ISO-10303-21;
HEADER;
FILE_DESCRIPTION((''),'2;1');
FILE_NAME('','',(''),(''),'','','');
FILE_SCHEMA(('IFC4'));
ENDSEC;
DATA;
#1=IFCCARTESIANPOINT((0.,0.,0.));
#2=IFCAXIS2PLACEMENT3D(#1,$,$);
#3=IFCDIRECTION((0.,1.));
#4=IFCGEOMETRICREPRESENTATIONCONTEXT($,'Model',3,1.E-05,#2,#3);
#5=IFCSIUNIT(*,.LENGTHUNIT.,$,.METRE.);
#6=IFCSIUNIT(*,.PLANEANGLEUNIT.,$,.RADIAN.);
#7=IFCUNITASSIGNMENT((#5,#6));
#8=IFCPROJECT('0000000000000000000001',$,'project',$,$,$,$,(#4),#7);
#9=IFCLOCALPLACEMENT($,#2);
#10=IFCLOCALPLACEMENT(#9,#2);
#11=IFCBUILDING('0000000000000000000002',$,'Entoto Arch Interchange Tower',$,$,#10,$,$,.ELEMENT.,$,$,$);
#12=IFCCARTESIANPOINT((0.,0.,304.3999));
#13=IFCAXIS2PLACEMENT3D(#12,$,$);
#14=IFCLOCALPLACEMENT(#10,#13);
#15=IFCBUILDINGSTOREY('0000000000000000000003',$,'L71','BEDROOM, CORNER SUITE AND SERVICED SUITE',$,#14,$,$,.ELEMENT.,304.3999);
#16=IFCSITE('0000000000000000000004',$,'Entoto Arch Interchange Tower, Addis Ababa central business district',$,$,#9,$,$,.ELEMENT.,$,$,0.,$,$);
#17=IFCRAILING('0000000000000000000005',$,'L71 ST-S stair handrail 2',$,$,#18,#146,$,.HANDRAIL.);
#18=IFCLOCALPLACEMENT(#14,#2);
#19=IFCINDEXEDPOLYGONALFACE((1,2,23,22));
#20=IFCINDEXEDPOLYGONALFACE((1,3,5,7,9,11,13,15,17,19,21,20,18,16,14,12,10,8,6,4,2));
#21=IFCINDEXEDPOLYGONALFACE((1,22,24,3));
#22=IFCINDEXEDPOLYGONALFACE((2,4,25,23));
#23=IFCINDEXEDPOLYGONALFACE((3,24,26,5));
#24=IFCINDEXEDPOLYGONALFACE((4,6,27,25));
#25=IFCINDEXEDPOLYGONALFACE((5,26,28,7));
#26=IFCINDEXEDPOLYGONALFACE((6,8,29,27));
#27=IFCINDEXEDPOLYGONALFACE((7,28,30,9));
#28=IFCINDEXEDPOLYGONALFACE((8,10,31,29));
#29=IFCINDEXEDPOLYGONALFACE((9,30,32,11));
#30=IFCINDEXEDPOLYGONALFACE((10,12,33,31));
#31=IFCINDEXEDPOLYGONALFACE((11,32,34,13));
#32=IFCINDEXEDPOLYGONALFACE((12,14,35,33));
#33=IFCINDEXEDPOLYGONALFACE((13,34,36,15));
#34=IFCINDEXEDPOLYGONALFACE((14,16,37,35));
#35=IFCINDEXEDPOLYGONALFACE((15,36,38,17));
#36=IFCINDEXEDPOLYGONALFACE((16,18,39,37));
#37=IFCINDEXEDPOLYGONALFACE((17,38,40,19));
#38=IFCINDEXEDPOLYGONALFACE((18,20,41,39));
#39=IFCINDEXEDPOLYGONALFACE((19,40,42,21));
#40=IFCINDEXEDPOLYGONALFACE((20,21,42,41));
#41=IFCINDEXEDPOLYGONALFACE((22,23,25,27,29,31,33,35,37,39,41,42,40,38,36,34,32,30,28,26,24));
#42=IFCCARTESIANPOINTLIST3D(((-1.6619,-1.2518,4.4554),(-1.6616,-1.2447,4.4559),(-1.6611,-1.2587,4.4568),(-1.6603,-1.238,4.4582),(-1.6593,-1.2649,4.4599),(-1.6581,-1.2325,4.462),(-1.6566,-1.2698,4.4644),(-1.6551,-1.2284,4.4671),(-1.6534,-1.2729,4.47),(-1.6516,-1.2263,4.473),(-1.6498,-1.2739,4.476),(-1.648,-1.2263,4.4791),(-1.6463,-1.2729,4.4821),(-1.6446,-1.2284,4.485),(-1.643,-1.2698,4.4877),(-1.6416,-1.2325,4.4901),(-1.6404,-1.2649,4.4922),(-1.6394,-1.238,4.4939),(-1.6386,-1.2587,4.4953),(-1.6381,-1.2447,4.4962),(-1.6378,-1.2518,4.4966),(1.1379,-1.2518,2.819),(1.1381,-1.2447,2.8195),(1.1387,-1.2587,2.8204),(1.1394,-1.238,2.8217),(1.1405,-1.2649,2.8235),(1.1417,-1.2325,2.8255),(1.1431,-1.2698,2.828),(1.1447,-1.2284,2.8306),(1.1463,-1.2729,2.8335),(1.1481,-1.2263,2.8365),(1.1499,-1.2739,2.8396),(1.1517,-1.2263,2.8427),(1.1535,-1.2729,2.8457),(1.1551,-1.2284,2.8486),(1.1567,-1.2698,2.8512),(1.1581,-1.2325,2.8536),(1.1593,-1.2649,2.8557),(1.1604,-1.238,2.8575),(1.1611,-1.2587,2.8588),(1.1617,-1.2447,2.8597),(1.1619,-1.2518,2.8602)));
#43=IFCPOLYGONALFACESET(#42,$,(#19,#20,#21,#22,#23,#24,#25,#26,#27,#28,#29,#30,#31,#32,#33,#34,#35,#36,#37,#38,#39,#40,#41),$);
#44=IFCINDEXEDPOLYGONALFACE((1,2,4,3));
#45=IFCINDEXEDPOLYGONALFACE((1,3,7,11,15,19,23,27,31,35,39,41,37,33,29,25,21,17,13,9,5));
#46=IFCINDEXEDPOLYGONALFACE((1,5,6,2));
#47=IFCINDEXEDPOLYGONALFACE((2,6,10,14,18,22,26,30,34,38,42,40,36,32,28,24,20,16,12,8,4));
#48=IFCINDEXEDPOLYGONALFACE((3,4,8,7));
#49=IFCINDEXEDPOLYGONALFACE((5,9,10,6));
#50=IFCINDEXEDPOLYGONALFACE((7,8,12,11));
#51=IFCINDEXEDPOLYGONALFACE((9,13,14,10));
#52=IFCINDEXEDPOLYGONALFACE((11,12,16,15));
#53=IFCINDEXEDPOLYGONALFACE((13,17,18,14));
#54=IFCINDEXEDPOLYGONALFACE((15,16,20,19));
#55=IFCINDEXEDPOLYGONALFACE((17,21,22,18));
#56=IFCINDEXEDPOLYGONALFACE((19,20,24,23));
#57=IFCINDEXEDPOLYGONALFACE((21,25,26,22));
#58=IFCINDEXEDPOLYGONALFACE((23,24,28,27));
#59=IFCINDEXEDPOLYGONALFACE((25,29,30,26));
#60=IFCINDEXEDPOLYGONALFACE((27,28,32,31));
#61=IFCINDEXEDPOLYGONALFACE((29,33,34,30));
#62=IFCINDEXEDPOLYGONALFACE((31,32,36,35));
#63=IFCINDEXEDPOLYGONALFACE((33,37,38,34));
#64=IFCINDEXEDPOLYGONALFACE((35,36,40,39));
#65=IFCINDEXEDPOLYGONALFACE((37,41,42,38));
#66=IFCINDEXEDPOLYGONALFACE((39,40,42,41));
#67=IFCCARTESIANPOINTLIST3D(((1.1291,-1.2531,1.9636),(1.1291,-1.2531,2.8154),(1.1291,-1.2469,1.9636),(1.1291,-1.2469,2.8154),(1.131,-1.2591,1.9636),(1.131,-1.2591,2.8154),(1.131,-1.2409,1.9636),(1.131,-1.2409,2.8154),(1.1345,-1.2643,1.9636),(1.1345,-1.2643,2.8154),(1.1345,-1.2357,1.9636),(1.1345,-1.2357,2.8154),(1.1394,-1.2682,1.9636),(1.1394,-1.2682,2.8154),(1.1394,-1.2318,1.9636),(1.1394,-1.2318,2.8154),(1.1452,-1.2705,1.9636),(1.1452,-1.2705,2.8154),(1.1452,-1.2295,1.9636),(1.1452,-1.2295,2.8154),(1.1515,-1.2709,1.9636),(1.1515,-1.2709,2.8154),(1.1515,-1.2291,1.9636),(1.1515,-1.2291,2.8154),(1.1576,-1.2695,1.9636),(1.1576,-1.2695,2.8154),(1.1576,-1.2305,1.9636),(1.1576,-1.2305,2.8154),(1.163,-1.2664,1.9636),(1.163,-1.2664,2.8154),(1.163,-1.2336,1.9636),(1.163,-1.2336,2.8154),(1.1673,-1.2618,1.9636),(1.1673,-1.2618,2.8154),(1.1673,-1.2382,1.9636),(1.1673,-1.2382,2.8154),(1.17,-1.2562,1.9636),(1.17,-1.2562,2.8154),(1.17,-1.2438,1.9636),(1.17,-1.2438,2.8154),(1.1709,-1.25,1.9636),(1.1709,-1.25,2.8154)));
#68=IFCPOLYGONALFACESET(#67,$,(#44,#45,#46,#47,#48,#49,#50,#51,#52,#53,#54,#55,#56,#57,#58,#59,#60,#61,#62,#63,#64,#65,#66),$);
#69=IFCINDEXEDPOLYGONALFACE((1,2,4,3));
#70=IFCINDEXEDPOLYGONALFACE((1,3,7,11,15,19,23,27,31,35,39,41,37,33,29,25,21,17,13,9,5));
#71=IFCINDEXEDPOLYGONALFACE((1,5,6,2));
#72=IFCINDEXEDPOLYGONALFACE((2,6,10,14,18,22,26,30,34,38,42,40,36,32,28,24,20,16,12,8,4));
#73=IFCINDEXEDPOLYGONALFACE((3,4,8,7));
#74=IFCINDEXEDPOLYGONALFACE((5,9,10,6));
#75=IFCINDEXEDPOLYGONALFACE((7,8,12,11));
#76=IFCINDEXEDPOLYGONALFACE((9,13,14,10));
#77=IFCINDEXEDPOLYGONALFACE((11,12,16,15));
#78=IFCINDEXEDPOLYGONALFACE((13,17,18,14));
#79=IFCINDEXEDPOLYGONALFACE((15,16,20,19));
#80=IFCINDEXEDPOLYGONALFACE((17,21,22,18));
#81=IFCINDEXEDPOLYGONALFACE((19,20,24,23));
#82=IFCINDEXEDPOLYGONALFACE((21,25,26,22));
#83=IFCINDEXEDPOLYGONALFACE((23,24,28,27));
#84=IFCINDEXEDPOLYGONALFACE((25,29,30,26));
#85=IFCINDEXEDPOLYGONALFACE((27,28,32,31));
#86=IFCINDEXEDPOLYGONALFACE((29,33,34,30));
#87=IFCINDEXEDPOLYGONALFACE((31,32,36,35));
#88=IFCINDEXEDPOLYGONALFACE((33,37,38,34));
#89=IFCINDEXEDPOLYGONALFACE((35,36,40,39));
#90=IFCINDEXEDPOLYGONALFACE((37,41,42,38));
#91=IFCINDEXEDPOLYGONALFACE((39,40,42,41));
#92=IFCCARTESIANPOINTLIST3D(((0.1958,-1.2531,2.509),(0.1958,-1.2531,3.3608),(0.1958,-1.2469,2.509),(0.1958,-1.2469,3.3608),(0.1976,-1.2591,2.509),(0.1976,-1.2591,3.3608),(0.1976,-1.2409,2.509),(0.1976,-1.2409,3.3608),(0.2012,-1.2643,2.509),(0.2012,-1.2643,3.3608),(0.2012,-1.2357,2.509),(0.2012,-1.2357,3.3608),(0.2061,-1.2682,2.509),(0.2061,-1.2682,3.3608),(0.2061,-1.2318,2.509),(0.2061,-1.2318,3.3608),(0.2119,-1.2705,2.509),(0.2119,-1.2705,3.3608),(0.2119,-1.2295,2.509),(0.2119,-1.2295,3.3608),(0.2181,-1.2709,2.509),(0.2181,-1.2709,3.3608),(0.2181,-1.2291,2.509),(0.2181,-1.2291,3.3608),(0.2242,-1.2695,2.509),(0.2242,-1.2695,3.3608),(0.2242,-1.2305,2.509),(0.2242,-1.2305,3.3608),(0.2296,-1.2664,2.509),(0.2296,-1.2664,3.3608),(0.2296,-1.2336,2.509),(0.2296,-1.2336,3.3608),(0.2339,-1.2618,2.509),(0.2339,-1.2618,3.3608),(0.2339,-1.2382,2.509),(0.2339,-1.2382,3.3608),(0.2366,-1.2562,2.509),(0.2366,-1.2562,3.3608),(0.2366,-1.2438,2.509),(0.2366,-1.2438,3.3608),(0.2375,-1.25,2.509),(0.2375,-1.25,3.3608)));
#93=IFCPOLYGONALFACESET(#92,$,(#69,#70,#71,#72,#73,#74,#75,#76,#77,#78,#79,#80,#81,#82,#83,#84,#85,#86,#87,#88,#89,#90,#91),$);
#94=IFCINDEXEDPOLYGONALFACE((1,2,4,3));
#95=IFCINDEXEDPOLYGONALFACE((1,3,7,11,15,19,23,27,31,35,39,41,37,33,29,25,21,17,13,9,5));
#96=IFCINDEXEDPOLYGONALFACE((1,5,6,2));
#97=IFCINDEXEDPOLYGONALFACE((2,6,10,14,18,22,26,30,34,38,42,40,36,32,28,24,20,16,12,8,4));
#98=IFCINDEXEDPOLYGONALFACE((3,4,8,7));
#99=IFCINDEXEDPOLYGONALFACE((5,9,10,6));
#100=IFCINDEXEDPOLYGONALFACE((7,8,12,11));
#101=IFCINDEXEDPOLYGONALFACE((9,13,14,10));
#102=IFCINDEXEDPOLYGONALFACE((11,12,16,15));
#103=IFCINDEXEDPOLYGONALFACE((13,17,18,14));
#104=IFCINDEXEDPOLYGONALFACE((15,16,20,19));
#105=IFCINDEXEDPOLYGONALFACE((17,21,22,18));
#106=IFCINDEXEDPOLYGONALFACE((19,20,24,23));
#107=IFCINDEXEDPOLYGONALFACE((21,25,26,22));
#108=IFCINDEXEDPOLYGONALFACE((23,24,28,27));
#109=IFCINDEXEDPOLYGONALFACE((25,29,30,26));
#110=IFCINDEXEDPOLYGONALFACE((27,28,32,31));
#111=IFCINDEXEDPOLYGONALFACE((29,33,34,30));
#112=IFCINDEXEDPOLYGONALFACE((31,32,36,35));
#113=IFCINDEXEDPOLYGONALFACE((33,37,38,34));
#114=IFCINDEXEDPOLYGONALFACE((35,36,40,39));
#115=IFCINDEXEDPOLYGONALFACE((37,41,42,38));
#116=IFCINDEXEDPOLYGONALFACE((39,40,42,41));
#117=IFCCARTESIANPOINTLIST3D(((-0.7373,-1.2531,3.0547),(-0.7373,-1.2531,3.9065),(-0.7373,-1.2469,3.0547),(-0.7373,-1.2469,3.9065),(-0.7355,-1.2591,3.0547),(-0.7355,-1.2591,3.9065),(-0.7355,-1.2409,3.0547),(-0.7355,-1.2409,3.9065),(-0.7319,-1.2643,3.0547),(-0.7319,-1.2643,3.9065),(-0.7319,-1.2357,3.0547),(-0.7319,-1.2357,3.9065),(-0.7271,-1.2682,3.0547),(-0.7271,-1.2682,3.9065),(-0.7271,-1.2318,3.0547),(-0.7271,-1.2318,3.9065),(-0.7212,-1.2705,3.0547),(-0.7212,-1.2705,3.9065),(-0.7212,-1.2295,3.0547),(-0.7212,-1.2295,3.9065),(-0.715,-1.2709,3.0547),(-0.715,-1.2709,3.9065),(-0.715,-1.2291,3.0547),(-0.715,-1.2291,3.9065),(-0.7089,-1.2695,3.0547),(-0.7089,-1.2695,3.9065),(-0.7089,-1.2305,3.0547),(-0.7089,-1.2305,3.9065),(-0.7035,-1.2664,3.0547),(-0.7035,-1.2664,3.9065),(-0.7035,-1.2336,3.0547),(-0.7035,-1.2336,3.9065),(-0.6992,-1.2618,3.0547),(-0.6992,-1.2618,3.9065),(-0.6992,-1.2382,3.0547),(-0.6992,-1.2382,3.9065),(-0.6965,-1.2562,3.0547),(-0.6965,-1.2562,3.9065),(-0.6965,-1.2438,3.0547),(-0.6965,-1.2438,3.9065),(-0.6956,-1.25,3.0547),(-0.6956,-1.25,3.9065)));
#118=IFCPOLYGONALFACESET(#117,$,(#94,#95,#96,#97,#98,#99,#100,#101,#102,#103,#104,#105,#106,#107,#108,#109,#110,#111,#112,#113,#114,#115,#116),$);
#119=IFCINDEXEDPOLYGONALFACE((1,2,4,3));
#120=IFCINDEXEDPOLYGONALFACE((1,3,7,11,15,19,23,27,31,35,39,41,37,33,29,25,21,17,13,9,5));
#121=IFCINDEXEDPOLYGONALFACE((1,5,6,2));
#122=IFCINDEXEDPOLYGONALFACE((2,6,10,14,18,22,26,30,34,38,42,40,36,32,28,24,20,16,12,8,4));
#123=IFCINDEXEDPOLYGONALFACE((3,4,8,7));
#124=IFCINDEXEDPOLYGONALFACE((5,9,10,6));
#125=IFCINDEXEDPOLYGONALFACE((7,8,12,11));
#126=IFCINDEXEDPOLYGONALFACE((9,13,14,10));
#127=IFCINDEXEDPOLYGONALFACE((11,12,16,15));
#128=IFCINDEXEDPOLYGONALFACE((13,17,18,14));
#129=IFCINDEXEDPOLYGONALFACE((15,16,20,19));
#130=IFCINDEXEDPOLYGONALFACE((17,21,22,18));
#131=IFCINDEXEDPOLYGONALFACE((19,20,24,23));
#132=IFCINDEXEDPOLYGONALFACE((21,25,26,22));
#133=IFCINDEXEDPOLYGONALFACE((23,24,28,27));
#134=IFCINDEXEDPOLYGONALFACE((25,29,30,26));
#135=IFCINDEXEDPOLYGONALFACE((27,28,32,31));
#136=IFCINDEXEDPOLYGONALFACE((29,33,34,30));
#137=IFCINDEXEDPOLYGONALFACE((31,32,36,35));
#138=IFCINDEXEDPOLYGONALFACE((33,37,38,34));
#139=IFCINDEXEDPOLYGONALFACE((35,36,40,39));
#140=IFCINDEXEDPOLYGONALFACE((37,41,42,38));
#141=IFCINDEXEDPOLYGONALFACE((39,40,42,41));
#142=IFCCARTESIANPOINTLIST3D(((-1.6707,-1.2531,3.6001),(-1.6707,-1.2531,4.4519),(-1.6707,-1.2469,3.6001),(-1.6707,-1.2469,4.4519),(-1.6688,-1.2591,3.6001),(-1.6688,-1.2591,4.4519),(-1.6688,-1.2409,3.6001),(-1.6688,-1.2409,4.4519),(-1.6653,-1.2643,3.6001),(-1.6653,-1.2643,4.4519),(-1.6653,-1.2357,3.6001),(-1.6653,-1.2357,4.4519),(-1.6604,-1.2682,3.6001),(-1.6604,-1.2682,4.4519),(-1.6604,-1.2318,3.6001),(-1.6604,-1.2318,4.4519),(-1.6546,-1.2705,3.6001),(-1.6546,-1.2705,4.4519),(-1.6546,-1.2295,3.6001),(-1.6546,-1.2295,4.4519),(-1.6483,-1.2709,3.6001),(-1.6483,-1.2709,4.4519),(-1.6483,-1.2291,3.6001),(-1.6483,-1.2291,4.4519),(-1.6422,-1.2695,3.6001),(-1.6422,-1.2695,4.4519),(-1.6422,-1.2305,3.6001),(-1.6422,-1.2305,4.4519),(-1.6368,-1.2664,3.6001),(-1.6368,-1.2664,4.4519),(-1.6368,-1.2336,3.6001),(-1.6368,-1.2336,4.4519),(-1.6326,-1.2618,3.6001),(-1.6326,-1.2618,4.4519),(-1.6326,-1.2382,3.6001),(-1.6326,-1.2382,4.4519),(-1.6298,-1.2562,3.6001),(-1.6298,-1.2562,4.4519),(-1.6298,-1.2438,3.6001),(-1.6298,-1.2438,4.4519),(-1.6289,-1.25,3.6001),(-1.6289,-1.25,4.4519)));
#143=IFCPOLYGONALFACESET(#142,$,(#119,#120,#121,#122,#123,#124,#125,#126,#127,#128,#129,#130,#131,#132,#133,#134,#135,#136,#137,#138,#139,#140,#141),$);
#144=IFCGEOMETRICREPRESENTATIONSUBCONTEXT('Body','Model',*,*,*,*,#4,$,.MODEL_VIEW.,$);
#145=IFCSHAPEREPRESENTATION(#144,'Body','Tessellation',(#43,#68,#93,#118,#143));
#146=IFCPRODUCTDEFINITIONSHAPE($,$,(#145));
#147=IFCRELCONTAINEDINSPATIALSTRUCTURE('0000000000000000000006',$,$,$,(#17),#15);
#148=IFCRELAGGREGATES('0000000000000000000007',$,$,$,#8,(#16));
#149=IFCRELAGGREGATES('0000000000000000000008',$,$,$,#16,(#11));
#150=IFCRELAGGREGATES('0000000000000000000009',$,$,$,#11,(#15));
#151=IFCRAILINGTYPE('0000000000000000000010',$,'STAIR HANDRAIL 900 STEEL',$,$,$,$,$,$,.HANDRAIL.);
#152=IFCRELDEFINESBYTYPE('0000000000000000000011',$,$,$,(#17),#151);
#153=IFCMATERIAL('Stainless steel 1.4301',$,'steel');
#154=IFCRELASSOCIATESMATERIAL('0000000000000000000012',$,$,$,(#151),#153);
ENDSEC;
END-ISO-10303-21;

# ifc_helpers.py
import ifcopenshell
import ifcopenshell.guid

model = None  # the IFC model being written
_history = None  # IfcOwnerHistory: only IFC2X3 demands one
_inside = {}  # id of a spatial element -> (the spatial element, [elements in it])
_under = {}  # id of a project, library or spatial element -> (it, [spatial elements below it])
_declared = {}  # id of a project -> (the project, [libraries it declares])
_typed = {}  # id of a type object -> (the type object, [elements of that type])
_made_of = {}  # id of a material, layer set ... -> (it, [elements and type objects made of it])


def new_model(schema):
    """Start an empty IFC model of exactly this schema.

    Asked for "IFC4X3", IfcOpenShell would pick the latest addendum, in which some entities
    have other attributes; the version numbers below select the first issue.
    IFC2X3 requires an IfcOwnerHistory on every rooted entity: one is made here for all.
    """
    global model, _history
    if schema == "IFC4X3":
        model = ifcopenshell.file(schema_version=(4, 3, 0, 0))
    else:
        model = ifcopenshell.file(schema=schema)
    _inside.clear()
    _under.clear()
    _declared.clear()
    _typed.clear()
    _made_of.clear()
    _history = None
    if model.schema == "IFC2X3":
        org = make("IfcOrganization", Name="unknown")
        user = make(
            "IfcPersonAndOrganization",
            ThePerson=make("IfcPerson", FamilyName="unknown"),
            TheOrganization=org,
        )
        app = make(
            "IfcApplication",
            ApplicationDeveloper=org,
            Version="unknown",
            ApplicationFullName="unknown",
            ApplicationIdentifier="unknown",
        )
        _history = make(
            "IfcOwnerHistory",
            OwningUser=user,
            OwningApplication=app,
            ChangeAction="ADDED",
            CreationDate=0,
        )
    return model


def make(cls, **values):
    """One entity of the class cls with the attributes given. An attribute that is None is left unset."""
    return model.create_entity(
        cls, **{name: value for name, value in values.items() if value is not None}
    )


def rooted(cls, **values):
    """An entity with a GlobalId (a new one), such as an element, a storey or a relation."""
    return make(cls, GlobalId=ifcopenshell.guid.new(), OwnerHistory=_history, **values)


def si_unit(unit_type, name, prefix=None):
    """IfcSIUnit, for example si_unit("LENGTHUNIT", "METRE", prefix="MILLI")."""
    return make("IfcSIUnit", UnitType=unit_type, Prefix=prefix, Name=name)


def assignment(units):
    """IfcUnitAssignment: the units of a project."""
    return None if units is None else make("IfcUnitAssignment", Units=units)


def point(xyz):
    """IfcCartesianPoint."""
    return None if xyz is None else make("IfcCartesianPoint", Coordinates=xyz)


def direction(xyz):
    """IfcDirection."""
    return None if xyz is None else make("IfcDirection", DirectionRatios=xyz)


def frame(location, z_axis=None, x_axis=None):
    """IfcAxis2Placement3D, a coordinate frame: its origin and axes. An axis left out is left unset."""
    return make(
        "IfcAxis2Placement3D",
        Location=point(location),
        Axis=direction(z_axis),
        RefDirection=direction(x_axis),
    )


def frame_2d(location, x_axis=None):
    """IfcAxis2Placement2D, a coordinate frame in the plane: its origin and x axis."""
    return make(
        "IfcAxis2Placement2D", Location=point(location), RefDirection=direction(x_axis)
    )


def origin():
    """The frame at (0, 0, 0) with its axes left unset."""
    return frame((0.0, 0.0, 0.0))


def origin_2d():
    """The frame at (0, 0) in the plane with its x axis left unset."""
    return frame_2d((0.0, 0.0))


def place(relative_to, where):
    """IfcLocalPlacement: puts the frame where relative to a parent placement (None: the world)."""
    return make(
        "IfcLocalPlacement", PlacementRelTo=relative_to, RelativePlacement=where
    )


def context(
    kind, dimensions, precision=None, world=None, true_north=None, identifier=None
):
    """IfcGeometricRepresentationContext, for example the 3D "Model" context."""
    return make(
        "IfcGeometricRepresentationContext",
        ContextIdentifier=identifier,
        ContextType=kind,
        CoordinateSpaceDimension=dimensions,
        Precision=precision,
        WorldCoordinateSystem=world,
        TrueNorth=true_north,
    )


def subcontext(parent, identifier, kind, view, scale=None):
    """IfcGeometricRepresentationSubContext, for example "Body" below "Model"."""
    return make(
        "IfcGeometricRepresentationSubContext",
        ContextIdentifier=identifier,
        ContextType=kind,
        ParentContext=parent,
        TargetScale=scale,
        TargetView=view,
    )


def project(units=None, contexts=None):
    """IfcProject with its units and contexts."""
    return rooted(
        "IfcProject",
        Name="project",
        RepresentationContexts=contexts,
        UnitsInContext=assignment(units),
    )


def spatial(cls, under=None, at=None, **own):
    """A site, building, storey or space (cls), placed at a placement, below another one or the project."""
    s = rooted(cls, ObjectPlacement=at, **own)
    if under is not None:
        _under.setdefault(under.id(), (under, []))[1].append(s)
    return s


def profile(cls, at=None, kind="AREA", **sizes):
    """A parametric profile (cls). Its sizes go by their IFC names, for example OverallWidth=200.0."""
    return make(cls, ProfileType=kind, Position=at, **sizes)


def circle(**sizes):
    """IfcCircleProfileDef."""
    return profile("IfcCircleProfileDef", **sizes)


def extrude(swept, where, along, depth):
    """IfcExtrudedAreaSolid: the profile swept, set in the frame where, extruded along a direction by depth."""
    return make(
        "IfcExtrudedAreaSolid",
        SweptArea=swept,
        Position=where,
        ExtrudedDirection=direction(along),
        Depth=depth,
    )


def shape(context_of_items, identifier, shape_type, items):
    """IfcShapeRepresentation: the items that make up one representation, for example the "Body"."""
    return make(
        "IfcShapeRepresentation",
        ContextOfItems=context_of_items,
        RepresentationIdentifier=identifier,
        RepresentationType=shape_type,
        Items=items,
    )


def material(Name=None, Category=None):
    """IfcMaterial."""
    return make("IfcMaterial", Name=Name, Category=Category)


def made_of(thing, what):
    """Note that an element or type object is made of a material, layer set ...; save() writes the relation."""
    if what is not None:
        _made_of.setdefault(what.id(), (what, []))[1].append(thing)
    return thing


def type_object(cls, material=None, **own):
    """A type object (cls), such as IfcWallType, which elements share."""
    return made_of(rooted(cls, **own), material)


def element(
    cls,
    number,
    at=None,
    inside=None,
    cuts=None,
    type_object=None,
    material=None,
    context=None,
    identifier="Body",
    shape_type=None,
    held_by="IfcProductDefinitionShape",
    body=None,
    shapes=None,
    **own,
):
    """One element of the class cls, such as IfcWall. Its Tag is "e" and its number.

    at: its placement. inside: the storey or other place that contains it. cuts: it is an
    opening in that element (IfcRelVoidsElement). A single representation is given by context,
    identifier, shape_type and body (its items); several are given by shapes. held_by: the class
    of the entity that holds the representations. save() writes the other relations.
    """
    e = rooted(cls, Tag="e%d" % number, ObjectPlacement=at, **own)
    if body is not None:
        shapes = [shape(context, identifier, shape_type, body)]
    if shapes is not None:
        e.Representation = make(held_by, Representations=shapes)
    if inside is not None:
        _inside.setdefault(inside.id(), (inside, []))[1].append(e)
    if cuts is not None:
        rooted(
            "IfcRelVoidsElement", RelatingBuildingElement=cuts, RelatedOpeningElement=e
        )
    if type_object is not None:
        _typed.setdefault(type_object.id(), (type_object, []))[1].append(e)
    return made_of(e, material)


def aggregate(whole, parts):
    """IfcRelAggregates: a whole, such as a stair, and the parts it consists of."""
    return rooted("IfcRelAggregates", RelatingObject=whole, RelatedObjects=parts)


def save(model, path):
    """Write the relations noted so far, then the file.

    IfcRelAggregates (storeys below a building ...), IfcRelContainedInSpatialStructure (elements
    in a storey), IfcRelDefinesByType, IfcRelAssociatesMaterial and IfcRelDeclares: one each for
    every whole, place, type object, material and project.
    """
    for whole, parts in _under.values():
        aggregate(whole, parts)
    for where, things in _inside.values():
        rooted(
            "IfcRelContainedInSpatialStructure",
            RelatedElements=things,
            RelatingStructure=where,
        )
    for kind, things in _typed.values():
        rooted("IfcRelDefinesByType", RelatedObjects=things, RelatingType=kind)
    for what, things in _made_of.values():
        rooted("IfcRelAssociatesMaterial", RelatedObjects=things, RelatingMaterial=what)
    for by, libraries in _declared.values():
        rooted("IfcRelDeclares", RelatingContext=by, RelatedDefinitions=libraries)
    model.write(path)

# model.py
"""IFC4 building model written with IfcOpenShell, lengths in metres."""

from ifc_helpers import new_model, si_unit, direction, frame, origin, origin_2d, place, context, subcontext, project, spatial, circle, extrude, material, type_object, element, save


model = new_model("IFC4")

# Units and contexts
model_context = context("Model", 3, precision=1e-05, world=origin(), true_north=direction((0.0, 1.0)))
body_context = subcontext(model_context, "Body", "Model", "MODEL_VIEW")
ifc_project = project(units=[si_unit("LENGTHUNIT", "METRE"), si_unit("PLANEANGLEUNIT", "RADIAN")], contexts=[model_context])

# Site, building, storey
site_placement = place(None, origin())
site = spatial("IfcSite", under=ifc_project, at=site_placement, Name="Entoto Arch Interchange Tower, Addis Ababa central business district", CompositionType="ELEMENT", RefElevation=0.0)
building_placement = place(site_placement, origin())
building = spatial("IfcBuilding", under=site, at=building_placement, Name="Entoto Arch Interchange Tower", CompositionType="ELEMENT")
storey_placement = place(building_placement, frame((0.0, 0.0, 304.3999)))
storey = spatial("IfcBuildingStorey", under=building, at=storey_placement, Name="L71", Description="BEDROOM, CORNER SUITE AND SERVICED SUITE", CompositionType="ELEMENT", Elevation=304.3999)

# Railing
ifc_material_1 = material(Name="Stainless steel 1.4301", Category="steel")
railing_type_1 = type_object("IfcRailingType", Name="STAIR HANDRAIL 900 STEEL", PredefinedType="HANDRAIL", material=ifc_material_1)
railing_1_placement = place(storey_placement, frame((1.1499, -1.25, 1.9636)))
element("IfcRailing", 1, at=railing_1_placement, inside=storey, type_object=railing_type_1, Name="L71 ST-S stair handrail 2", PredefinedType="HANDRAIL", context=body_context, shape_type="SweptSolid", body=[
    extrude(circle(Radius=0.0239, at=origin_2d()), frame((0.0, 0.0, 0.876), z_axis=(-0.863342, 0.0, 0.50462), x_axis=(0.0, -1.0, 0.0)), (0.0, 0.0, 1.0), 3.2429),
    extrude(circle(Radius=0.021, at=origin_2d()), origin(), (0.0, 0.0, 1.0), 0.8518),
    extrude(circle(Radius=0.021, at=origin_2d()), frame((-0.9333, 0.0, 0.5454)), (0.0, 0.0, 1.0), 0.8518),
    extrude(circle(Radius=0.021, at=origin_2d()), frame((-1.8665, 0.0, 1.0911)), (0.0, 0.0, 1.0), 0.8518),
    extrude(circle(Radius=0.021, at=origin_2d()), frame((-2.7998, 0.0, 1.6365)), (0.0, 0.0, 1.0), 0.8518),
])

save(model, "model.ifc")
